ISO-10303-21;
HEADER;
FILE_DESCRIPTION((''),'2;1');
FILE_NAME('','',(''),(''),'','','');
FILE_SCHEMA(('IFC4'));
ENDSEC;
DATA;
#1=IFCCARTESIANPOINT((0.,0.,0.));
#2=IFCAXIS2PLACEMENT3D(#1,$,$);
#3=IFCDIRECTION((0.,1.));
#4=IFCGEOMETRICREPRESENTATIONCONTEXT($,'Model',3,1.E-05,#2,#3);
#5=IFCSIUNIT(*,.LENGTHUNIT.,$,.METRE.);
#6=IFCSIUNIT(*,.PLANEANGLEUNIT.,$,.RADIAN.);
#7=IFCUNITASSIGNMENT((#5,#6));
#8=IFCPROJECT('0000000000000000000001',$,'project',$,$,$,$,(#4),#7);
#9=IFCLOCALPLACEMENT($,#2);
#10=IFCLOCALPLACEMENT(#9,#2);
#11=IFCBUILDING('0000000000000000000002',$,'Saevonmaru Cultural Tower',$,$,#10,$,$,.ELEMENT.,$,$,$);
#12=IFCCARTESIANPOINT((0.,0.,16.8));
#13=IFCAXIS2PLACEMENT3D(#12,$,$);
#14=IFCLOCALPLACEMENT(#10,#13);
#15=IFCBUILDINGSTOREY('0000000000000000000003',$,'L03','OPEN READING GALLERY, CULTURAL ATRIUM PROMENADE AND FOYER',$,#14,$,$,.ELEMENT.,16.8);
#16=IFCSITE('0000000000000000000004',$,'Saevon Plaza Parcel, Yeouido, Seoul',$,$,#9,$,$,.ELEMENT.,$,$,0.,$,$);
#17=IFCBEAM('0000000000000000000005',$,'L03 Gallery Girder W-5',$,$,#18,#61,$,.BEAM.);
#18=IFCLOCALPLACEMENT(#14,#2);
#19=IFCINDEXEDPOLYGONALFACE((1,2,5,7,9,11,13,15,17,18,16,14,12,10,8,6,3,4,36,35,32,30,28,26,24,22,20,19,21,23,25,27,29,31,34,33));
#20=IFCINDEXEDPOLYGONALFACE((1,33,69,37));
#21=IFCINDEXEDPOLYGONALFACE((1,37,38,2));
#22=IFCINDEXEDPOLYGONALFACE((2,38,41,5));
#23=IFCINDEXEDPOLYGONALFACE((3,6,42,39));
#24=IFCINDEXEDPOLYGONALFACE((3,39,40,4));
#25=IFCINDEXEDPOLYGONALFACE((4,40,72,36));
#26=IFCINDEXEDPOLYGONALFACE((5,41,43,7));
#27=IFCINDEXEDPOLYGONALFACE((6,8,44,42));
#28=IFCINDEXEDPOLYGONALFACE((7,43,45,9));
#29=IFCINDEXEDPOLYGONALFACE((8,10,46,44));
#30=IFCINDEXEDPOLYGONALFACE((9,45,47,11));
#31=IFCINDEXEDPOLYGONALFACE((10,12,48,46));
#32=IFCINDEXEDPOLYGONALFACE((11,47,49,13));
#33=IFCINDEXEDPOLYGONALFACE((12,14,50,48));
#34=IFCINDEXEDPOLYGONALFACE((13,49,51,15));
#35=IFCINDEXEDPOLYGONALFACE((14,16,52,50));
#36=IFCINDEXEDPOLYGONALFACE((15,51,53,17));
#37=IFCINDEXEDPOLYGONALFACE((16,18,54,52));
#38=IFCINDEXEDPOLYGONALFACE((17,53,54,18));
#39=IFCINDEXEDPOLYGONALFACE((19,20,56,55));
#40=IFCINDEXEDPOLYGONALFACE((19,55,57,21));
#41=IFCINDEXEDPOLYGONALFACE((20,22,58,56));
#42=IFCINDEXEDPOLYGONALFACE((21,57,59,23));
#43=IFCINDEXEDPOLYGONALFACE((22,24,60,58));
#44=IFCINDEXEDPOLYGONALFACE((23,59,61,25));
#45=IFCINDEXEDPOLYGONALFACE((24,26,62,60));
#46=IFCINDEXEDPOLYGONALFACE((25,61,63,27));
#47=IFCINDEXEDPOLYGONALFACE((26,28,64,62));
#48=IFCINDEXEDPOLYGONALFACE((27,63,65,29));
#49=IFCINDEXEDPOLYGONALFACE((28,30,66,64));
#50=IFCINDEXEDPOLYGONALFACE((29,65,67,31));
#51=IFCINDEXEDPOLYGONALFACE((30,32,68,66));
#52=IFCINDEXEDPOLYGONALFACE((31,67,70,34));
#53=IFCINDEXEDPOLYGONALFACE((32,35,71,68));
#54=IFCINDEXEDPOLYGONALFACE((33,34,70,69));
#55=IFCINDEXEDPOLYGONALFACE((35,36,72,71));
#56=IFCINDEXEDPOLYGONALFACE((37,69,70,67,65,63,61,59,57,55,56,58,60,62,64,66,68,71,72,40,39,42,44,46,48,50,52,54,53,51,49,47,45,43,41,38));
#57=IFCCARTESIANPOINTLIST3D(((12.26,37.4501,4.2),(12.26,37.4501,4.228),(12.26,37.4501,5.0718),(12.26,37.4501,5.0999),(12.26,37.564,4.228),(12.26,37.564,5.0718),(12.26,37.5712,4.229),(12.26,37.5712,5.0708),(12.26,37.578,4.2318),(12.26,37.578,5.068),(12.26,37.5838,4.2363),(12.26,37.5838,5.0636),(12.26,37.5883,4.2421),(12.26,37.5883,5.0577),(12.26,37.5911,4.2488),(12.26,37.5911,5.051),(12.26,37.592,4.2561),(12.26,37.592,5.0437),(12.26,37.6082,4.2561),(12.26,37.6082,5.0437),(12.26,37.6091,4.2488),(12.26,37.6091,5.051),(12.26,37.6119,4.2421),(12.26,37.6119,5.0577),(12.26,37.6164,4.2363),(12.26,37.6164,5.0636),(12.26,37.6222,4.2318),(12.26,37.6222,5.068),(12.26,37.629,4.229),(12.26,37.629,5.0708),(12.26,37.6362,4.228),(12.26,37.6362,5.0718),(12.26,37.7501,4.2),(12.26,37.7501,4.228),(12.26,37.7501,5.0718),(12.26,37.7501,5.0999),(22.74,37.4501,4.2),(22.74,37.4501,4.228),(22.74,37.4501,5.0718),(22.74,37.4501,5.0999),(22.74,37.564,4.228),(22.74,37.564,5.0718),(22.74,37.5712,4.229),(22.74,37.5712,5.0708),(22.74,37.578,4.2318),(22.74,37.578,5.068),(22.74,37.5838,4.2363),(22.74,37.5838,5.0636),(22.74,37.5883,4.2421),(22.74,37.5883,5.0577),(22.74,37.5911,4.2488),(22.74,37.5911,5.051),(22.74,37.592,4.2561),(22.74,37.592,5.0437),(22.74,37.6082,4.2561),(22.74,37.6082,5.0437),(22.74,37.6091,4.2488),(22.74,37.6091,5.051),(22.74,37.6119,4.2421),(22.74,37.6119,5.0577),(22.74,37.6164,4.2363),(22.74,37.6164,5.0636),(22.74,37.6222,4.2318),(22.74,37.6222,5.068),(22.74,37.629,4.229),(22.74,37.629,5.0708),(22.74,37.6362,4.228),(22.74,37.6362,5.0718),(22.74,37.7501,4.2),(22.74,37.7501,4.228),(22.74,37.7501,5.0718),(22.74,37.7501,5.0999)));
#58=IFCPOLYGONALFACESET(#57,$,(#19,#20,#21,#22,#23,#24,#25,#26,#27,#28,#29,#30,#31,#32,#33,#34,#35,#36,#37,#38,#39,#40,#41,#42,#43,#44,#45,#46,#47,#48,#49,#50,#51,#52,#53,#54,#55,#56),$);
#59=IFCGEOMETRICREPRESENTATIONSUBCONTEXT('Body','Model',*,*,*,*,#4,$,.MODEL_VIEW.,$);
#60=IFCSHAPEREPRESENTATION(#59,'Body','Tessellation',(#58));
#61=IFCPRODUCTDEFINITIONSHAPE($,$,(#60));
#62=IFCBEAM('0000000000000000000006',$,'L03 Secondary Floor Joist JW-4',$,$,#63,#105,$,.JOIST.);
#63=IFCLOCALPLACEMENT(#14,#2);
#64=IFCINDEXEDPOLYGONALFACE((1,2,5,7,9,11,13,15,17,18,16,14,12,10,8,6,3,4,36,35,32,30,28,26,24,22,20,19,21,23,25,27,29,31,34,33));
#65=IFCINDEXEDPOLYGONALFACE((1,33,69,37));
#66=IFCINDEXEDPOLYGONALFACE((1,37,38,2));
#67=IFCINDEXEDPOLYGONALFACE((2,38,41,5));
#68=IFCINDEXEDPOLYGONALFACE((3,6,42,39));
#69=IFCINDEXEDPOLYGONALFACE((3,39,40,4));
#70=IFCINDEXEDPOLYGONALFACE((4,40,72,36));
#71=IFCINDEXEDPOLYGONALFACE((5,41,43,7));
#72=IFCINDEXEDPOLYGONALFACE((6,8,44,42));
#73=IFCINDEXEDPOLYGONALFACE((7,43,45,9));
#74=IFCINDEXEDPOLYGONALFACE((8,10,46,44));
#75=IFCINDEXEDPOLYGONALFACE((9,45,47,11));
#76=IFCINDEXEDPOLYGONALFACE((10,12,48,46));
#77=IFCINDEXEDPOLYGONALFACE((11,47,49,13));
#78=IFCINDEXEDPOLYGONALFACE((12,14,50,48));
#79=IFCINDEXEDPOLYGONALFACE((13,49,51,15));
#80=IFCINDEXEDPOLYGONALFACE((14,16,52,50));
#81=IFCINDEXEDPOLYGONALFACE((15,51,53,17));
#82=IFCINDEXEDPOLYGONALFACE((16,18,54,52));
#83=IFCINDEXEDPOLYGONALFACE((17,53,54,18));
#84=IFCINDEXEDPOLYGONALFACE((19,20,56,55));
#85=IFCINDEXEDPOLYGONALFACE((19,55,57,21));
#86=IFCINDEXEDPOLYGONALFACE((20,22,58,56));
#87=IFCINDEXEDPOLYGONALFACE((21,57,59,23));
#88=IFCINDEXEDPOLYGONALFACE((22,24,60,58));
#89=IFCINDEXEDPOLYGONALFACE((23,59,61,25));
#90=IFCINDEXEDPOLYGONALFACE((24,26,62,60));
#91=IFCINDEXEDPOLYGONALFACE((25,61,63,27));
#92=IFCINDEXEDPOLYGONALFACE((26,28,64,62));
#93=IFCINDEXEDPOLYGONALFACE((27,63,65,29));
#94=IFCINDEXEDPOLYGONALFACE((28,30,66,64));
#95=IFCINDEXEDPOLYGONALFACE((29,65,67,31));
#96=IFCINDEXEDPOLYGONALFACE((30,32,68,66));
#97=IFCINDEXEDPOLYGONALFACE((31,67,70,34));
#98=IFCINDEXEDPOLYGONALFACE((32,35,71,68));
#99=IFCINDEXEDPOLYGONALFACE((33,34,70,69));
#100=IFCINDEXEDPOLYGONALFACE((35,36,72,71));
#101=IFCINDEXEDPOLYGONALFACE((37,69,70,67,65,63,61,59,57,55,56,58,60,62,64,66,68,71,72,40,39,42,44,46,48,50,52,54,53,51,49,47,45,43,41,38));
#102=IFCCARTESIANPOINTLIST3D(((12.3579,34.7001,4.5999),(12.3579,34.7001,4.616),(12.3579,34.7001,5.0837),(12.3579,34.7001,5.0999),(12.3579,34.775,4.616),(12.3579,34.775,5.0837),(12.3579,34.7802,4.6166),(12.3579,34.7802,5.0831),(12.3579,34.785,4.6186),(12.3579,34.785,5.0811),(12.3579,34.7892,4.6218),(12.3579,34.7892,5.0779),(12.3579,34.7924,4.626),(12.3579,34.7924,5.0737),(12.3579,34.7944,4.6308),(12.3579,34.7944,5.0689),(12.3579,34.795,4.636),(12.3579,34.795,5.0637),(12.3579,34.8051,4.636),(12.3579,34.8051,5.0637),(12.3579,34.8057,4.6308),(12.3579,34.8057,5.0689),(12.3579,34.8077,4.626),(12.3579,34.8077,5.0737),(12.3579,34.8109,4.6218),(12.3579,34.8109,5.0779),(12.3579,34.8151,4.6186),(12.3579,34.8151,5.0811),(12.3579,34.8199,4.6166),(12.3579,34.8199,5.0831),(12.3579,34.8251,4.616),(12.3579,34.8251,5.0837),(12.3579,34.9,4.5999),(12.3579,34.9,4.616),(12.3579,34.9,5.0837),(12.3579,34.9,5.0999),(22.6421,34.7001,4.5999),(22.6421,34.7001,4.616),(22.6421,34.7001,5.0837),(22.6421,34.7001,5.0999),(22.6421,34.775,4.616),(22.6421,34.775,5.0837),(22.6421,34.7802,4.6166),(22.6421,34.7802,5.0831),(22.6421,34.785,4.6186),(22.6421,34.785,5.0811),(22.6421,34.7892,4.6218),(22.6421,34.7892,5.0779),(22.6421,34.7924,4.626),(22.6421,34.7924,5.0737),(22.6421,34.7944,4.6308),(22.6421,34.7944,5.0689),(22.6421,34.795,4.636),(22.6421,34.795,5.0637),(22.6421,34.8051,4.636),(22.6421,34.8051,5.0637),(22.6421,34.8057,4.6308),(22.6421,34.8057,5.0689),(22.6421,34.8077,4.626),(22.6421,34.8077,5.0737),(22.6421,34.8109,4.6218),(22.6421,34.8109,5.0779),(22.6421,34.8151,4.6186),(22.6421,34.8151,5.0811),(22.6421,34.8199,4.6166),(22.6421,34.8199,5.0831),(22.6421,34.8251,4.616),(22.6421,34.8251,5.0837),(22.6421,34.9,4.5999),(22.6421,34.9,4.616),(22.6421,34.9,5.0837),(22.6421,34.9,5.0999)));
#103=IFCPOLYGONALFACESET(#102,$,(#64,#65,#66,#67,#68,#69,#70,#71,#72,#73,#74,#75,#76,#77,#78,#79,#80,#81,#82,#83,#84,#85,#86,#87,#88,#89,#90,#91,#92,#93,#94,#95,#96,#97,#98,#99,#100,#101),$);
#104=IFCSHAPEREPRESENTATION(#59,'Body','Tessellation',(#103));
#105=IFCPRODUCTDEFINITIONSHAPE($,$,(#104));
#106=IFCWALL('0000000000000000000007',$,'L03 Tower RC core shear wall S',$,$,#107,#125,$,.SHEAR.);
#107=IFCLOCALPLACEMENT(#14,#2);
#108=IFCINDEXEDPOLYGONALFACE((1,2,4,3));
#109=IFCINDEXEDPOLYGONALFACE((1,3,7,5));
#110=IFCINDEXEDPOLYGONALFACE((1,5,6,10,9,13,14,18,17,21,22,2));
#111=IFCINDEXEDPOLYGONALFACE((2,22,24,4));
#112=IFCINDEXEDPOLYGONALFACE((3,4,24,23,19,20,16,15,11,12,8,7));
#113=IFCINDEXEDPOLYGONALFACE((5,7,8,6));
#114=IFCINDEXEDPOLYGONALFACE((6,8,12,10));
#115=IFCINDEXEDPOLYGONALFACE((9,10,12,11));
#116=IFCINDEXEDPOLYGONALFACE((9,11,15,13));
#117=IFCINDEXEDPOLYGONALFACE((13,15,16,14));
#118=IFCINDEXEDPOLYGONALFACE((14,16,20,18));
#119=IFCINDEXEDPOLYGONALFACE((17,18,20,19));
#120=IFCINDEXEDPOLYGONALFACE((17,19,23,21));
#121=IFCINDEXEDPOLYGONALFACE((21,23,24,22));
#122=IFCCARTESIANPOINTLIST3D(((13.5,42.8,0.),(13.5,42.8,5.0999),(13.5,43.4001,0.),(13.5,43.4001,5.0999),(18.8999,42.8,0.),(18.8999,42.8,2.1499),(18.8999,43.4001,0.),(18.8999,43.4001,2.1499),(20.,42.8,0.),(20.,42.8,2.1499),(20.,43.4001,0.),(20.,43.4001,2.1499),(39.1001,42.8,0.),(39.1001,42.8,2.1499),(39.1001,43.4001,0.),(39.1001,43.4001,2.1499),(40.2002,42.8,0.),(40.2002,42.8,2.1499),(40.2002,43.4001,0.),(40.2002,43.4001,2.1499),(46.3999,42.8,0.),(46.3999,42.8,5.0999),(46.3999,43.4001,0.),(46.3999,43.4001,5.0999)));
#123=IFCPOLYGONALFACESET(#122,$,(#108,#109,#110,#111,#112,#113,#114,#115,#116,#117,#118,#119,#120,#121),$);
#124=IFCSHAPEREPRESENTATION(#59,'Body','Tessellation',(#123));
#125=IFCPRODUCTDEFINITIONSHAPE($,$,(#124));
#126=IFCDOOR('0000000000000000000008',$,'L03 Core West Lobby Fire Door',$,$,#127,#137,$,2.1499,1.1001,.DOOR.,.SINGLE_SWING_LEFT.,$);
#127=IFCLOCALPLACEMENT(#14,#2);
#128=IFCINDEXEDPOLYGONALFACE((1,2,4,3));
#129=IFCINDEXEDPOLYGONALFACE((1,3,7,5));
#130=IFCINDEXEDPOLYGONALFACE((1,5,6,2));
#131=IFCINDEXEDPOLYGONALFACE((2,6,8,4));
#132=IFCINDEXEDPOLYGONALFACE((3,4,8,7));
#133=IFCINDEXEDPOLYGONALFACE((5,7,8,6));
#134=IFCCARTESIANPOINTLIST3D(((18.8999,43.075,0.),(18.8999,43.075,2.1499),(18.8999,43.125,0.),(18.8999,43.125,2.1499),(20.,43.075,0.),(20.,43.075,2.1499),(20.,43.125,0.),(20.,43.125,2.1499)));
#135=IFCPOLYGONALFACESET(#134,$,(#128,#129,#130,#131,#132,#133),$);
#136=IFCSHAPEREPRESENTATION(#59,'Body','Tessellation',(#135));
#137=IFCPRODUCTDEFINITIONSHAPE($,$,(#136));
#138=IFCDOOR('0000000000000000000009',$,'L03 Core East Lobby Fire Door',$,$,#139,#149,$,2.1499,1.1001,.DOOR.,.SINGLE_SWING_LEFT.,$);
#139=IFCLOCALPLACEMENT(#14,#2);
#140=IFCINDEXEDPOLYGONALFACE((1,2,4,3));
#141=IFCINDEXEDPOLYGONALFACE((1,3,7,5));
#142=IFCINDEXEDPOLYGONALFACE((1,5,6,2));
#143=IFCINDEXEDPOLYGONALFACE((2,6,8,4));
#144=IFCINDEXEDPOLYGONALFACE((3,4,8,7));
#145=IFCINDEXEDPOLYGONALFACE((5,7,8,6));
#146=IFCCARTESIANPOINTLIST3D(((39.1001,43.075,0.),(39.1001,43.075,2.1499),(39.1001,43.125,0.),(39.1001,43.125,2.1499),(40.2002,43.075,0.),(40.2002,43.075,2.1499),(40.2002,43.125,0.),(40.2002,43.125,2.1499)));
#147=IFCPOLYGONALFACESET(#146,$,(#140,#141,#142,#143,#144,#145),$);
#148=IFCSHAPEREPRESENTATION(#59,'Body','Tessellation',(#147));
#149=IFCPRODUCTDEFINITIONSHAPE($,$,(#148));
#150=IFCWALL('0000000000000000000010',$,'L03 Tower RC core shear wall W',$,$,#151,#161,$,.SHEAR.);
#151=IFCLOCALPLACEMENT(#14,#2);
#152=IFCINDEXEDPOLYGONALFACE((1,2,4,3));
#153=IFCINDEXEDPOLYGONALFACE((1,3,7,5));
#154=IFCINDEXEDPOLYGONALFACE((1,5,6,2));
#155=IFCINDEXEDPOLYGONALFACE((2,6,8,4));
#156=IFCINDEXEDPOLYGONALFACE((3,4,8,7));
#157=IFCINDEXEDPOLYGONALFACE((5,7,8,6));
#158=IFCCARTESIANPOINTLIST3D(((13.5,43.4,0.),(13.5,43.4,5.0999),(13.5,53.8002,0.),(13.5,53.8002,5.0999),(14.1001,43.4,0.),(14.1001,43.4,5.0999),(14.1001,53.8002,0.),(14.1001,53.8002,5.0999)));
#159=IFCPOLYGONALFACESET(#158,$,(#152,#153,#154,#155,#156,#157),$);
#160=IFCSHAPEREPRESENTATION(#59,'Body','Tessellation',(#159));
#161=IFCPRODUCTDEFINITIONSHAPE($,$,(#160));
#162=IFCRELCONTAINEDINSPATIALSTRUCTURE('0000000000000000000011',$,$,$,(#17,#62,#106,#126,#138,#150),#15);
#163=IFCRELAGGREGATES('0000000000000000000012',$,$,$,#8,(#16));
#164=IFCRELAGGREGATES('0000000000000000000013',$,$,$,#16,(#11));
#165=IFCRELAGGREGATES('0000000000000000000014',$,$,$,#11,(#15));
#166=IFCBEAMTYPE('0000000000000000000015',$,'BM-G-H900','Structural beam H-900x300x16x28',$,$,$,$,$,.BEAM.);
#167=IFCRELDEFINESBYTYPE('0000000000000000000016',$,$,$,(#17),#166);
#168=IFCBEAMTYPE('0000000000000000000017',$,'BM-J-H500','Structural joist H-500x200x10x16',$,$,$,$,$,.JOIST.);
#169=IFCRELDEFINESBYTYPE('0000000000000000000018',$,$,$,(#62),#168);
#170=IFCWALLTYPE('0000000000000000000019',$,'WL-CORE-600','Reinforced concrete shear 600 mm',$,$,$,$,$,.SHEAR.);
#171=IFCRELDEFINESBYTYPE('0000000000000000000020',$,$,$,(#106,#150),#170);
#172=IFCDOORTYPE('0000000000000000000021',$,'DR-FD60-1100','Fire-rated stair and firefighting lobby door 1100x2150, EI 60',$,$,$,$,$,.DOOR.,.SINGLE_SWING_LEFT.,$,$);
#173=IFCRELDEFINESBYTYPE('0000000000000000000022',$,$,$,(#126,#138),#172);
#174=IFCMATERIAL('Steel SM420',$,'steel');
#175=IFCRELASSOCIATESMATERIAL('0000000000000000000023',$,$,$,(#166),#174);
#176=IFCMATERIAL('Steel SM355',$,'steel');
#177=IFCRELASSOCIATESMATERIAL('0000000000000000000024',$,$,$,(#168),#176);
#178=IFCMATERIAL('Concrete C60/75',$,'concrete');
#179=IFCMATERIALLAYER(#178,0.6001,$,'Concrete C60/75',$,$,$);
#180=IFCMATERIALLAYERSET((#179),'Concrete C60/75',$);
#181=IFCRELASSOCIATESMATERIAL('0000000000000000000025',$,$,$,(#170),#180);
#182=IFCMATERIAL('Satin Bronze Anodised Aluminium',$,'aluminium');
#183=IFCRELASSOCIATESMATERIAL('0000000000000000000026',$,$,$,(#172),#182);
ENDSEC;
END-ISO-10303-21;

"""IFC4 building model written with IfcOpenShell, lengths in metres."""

from ifc_helpers import new_model, si_unit, direction, frame, frame_2d, origin, origin_2d, place, context, subcontext, project, spatial, rectangle, i_section, extrude, material, layer, layer_set, material_profile, profile_set, type_object, element, fill, save


model = new_model("IFC4")

# Units and contexts
model_context = context("Model", 3, precision=1e-05, world=origin(), true_north=direction((0.0, 1.0)))
body_context = subcontext(model_context, "Body", "Model", "MODEL_VIEW")
ifc_project = project(units=[si_unit("LENGTHUNIT", "METRE"), si_unit("PLANEANGLEUNIT", "RADIAN")], contexts=[model_context])

# Site, building, storey
site_placement = place(None, origin())
site = spatial("IfcSite", under=ifc_project, at=site_placement, Name="Saevon Plaza Parcel, Yeouido, Seoul", CompositionType="ELEMENT", RefElevation=0.0)
building_placement = place(site_placement, origin())
building = spatial("IfcBuilding", under=site, at=building_placement, Name="Saevonmaru Cultural Tower", CompositionType="ELEMENT")
storey_placement = place(building_placement, frame((0.0, 0.0, 16.8)))
storey = spatial("IfcBuildingStorey", under=building, at=storey_placement, Name="L03", Description="OPEN READING GALLERY, CULTURAL ATRIUM PROMENADE AND FOYER", CompositionType="ELEMENT", Elevation=16.8)

# Shared definitions
ifc_material_1 = material(Name="Steel SM420", Category="steel")

# Beams
ifc_material_profile_1 = material_profile(ifc_material_1, i_section(OverallWidth=0.3, OverallDepth=0.8999, WebThickness=0.0161, FlangeThickness=0.0281, FilletRadius=0.0281, at=origin_2d()), Name="H-900x300x16x28")
ifc_profile_set_1 = profile_set([ifc_material_profile_1], Name="Steel SM420")
beam_type_1 = type_object("IfcBeamType", Name="BM-G-H900", Description="Structural beam H-900x300x16x28", PredefinedType="BEAM", material=ifc_profile_set_1)
for number, where, z_axis, x_axis, name in (
    (1, (12.26, 37.6001, 4.6499), (1.0, 0.0, 0.0), (0.0, 1.0, 0.0), "L03 Gallery Girder W-5"),
):
    element("IfcBeam", number, at=place(storey_placement, frame(where, z_axis=z_axis, x_axis=x_axis)), inside=storey, type_object=beam_type_1, Name=name, PredefinedType="BEAM", context=body_context, shape_type="SweptSolid", body=[
        extrude(i_section(OverallWidth=0.3, OverallDepth=0.8999, WebThickness=0.0161, FlangeThickness=0.0281, FilletRadius=0.0281, at=origin_2d()), origin(), (0.0, 0.0, 1.0), 10.48),
    ])
ifc_material_2 = material(Name="Steel SM355", Category="steel")
ifc_material_profile_2 = material_profile(ifc_material_2, i_section(OverallWidth=0.2, OverallDepth=0.5, WebThickness=0.01, FlangeThickness=0.0161, FilletRadius=0.02, at=origin_2d()), Name="H-500x200x10x16")
ifc_profile_set_2 = profile_set([ifc_material_profile_2], Name="Steel SM355")
beam_type_2 = type_object("IfcBeamType", Name="BM-J-H500", Description="Structural joist H-500x200x10x16", PredefinedType="JOIST", material=ifc_profile_set_2)
beam_1_placement = place(storey_placement, frame((12.3579, 34.8, 4.8499), z_axis=(1.0, 0.0, 0.0), x_axis=(0.0, 1.0, 0.0)))
element("IfcBeam", 2, at=beam_1_placement, inside=storey, type_object=beam_type_2, Name="L03 Secondary Floor Joist JW-4", PredefinedType="JOIST", context=body_context, shape_type="SweptSolid", body=[
    extrude(i_section(OverallWidth=0.2, OverallDepth=0.5, WebThickness=0.01, FlangeThickness=0.0161, FilletRadius=0.02, at=origin_2d()), origin(), (0.0, 0.0, 1.0), 10.2842),
])

# Wall, openings, doors
ifc_material_3 = material(Name="Concrete C60/75", Category="concrete")
ifc_layer_1 = layer(ifc_material_3, 0.6001, Name="Concrete C60/75")
ifc_layer_set_1 = layer_set([ifc_layer_1], Name="Concrete C60/75")
wall_type_1 = type_object("IfcWallType", Name="WL-CORE-600", Description="Reinforced concrete shear 600 mm", PredefinedType="SHEAR", material=ifc_layer_set_1)
wall_1_placement = place(storey_placement, frame((13.5, 43.1001, 0.0), z_axis=(0.0, 0.0, 1.0), x_axis=(1.0, 0.0, 0.0)))
wall_1 = element("IfcWall", 3, at=wall_1_placement, inside=storey, type_object=wall_type_1, Name="L03 Tower RC core shear wall S", PredefinedType="SHEAR", context=body_context, shape_type="SweptSolid", body=[
    extrude(rectangle(XDim=32.8999, YDim=0.6001, at=frame_2d((16.45, 0.0))), origin(), (0.0, 0.0, 1.0), 5.0999),
])
opening_1_placement = place(wall_1_placement, frame((5.3999, 0.0, 0.0)))
opening_1 = element("IfcOpeningElement", 4, at=opening_1_placement, cuts=wall_1, PredefinedType="OPENING", context=body_context, shape_type="SweptSolid", body=[
    extrude(rectangle(XDim=1.1001, YDim=2.1499, at=frame_2d((0.55, 1.075))), frame((0.0, 0.3101, 0.0), z_axis=(0.0, -1.0, 0.0), x_axis=(1.0, 0.0, 0.0)), (0.0, 0.0, 1.0), 0.6201),
])
opening_2_placement = place(wall_1_placement, frame((25.6001, 0.0, 0.0)))
opening_2 = element("IfcOpeningElement", 5, at=opening_2_placement, cuts=wall_1, PredefinedType="OPENING", context=body_context, shape_type="SweptSolid", body=[
    extrude(rectangle(XDim=1.1001, YDim=2.1499, at=frame_2d((0.55, 1.075))), frame((0.0, 0.3101, 0.0), z_axis=(0.0, -1.0, 0.0), x_axis=(1.0, 0.0, 0.0)), (0.0, 0.0, 1.0), 0.6201),
])
ifc_material_4 = material(Name="Satin Bronze Anodised Aluminium", Category="aluminium")
door_type_1 = type_object("IfcDoorType", Name="DR-FD60-1100", Description="Fire-rated stair and firefighting lobby door 1100x2150, EI 60", OperationType="SINGLE_SWING_LEFT", PredefinedType="DOOR", material=ifc_material_4)
door_1_placement = place(opening_1_placement, origin())
door_1 = element("IfcDoor", 6, at=door_1_placement, inside=storey, type_object=door_type_1, Name="L03 Core West Lobby Fire Door", OperationType="SINGLE_SWING_LEFT", OverallHeight=2.1499, OverallWidth=1.1001, PredefinedType="DOOR", context=body_context, shape_type="SweptSolid", body=[
    extrude(rectangle(XDim=1.1001, YDim=2.1499, at=frame_2d((0.55, 1.075))), frame((0.0, 0.0249, 0.0), z_axis=(0.0, -1.0, 0.0), x_axis=(1.0, 0.0, 0.0)), (0.0, 0.0, 1.0), 0.05),
])
fill(opening_1, door_1)
door_2_placement = place(opening_2_placement, origin())
door_2 = element("IfcDoor", 7, at=door_2_placement, inside=storey, type_object=door_type_1, Name="L03 Core East Lobby Fire Door", OperationType="SINGLE_SWING_LEFT", OverallHeight=2.1499, OverallWidth=1.1001, PredefinedType="DOOR", context=body_context, shape_type="SweptSolid", body=[
    extrude(rectangle(XDim=1.1001, YDim=2.1499, at=frame_2d((0.55, 1.075))), frame((0.0, 0.0249, 0.0), z_axis=(0.0, -1.0, 0.0), x_axis=(1.0, 0.0, 0.0)), (0.0, 0.0, 1.0), 0.05),
])
fill(opening_2, door_2)

# Wall
wall_2_placement = place(storey_placement, frame((13.8, 43.3999, 0.0), z_axis=(0.0, 0.0, 1.0), x_axis=(0.0, 1.0, 0.0)))
element("IfcWall", 8, at=wall_2_placement, inside=storey, type_object=wall_type_1, Name="L03 Tower RC core shear wall W", PredefinedType="SHEAR", context=body_context, shape_type="SweptSolid", body=[
    extrude(rectangle(XDim=10.4001, YDim=0.6001, at=frame_2d((5.2002, 0.0))), origin(), (0.0, 0.0, 1.0), 5.0999),
])

save(model, "model.ifc")
